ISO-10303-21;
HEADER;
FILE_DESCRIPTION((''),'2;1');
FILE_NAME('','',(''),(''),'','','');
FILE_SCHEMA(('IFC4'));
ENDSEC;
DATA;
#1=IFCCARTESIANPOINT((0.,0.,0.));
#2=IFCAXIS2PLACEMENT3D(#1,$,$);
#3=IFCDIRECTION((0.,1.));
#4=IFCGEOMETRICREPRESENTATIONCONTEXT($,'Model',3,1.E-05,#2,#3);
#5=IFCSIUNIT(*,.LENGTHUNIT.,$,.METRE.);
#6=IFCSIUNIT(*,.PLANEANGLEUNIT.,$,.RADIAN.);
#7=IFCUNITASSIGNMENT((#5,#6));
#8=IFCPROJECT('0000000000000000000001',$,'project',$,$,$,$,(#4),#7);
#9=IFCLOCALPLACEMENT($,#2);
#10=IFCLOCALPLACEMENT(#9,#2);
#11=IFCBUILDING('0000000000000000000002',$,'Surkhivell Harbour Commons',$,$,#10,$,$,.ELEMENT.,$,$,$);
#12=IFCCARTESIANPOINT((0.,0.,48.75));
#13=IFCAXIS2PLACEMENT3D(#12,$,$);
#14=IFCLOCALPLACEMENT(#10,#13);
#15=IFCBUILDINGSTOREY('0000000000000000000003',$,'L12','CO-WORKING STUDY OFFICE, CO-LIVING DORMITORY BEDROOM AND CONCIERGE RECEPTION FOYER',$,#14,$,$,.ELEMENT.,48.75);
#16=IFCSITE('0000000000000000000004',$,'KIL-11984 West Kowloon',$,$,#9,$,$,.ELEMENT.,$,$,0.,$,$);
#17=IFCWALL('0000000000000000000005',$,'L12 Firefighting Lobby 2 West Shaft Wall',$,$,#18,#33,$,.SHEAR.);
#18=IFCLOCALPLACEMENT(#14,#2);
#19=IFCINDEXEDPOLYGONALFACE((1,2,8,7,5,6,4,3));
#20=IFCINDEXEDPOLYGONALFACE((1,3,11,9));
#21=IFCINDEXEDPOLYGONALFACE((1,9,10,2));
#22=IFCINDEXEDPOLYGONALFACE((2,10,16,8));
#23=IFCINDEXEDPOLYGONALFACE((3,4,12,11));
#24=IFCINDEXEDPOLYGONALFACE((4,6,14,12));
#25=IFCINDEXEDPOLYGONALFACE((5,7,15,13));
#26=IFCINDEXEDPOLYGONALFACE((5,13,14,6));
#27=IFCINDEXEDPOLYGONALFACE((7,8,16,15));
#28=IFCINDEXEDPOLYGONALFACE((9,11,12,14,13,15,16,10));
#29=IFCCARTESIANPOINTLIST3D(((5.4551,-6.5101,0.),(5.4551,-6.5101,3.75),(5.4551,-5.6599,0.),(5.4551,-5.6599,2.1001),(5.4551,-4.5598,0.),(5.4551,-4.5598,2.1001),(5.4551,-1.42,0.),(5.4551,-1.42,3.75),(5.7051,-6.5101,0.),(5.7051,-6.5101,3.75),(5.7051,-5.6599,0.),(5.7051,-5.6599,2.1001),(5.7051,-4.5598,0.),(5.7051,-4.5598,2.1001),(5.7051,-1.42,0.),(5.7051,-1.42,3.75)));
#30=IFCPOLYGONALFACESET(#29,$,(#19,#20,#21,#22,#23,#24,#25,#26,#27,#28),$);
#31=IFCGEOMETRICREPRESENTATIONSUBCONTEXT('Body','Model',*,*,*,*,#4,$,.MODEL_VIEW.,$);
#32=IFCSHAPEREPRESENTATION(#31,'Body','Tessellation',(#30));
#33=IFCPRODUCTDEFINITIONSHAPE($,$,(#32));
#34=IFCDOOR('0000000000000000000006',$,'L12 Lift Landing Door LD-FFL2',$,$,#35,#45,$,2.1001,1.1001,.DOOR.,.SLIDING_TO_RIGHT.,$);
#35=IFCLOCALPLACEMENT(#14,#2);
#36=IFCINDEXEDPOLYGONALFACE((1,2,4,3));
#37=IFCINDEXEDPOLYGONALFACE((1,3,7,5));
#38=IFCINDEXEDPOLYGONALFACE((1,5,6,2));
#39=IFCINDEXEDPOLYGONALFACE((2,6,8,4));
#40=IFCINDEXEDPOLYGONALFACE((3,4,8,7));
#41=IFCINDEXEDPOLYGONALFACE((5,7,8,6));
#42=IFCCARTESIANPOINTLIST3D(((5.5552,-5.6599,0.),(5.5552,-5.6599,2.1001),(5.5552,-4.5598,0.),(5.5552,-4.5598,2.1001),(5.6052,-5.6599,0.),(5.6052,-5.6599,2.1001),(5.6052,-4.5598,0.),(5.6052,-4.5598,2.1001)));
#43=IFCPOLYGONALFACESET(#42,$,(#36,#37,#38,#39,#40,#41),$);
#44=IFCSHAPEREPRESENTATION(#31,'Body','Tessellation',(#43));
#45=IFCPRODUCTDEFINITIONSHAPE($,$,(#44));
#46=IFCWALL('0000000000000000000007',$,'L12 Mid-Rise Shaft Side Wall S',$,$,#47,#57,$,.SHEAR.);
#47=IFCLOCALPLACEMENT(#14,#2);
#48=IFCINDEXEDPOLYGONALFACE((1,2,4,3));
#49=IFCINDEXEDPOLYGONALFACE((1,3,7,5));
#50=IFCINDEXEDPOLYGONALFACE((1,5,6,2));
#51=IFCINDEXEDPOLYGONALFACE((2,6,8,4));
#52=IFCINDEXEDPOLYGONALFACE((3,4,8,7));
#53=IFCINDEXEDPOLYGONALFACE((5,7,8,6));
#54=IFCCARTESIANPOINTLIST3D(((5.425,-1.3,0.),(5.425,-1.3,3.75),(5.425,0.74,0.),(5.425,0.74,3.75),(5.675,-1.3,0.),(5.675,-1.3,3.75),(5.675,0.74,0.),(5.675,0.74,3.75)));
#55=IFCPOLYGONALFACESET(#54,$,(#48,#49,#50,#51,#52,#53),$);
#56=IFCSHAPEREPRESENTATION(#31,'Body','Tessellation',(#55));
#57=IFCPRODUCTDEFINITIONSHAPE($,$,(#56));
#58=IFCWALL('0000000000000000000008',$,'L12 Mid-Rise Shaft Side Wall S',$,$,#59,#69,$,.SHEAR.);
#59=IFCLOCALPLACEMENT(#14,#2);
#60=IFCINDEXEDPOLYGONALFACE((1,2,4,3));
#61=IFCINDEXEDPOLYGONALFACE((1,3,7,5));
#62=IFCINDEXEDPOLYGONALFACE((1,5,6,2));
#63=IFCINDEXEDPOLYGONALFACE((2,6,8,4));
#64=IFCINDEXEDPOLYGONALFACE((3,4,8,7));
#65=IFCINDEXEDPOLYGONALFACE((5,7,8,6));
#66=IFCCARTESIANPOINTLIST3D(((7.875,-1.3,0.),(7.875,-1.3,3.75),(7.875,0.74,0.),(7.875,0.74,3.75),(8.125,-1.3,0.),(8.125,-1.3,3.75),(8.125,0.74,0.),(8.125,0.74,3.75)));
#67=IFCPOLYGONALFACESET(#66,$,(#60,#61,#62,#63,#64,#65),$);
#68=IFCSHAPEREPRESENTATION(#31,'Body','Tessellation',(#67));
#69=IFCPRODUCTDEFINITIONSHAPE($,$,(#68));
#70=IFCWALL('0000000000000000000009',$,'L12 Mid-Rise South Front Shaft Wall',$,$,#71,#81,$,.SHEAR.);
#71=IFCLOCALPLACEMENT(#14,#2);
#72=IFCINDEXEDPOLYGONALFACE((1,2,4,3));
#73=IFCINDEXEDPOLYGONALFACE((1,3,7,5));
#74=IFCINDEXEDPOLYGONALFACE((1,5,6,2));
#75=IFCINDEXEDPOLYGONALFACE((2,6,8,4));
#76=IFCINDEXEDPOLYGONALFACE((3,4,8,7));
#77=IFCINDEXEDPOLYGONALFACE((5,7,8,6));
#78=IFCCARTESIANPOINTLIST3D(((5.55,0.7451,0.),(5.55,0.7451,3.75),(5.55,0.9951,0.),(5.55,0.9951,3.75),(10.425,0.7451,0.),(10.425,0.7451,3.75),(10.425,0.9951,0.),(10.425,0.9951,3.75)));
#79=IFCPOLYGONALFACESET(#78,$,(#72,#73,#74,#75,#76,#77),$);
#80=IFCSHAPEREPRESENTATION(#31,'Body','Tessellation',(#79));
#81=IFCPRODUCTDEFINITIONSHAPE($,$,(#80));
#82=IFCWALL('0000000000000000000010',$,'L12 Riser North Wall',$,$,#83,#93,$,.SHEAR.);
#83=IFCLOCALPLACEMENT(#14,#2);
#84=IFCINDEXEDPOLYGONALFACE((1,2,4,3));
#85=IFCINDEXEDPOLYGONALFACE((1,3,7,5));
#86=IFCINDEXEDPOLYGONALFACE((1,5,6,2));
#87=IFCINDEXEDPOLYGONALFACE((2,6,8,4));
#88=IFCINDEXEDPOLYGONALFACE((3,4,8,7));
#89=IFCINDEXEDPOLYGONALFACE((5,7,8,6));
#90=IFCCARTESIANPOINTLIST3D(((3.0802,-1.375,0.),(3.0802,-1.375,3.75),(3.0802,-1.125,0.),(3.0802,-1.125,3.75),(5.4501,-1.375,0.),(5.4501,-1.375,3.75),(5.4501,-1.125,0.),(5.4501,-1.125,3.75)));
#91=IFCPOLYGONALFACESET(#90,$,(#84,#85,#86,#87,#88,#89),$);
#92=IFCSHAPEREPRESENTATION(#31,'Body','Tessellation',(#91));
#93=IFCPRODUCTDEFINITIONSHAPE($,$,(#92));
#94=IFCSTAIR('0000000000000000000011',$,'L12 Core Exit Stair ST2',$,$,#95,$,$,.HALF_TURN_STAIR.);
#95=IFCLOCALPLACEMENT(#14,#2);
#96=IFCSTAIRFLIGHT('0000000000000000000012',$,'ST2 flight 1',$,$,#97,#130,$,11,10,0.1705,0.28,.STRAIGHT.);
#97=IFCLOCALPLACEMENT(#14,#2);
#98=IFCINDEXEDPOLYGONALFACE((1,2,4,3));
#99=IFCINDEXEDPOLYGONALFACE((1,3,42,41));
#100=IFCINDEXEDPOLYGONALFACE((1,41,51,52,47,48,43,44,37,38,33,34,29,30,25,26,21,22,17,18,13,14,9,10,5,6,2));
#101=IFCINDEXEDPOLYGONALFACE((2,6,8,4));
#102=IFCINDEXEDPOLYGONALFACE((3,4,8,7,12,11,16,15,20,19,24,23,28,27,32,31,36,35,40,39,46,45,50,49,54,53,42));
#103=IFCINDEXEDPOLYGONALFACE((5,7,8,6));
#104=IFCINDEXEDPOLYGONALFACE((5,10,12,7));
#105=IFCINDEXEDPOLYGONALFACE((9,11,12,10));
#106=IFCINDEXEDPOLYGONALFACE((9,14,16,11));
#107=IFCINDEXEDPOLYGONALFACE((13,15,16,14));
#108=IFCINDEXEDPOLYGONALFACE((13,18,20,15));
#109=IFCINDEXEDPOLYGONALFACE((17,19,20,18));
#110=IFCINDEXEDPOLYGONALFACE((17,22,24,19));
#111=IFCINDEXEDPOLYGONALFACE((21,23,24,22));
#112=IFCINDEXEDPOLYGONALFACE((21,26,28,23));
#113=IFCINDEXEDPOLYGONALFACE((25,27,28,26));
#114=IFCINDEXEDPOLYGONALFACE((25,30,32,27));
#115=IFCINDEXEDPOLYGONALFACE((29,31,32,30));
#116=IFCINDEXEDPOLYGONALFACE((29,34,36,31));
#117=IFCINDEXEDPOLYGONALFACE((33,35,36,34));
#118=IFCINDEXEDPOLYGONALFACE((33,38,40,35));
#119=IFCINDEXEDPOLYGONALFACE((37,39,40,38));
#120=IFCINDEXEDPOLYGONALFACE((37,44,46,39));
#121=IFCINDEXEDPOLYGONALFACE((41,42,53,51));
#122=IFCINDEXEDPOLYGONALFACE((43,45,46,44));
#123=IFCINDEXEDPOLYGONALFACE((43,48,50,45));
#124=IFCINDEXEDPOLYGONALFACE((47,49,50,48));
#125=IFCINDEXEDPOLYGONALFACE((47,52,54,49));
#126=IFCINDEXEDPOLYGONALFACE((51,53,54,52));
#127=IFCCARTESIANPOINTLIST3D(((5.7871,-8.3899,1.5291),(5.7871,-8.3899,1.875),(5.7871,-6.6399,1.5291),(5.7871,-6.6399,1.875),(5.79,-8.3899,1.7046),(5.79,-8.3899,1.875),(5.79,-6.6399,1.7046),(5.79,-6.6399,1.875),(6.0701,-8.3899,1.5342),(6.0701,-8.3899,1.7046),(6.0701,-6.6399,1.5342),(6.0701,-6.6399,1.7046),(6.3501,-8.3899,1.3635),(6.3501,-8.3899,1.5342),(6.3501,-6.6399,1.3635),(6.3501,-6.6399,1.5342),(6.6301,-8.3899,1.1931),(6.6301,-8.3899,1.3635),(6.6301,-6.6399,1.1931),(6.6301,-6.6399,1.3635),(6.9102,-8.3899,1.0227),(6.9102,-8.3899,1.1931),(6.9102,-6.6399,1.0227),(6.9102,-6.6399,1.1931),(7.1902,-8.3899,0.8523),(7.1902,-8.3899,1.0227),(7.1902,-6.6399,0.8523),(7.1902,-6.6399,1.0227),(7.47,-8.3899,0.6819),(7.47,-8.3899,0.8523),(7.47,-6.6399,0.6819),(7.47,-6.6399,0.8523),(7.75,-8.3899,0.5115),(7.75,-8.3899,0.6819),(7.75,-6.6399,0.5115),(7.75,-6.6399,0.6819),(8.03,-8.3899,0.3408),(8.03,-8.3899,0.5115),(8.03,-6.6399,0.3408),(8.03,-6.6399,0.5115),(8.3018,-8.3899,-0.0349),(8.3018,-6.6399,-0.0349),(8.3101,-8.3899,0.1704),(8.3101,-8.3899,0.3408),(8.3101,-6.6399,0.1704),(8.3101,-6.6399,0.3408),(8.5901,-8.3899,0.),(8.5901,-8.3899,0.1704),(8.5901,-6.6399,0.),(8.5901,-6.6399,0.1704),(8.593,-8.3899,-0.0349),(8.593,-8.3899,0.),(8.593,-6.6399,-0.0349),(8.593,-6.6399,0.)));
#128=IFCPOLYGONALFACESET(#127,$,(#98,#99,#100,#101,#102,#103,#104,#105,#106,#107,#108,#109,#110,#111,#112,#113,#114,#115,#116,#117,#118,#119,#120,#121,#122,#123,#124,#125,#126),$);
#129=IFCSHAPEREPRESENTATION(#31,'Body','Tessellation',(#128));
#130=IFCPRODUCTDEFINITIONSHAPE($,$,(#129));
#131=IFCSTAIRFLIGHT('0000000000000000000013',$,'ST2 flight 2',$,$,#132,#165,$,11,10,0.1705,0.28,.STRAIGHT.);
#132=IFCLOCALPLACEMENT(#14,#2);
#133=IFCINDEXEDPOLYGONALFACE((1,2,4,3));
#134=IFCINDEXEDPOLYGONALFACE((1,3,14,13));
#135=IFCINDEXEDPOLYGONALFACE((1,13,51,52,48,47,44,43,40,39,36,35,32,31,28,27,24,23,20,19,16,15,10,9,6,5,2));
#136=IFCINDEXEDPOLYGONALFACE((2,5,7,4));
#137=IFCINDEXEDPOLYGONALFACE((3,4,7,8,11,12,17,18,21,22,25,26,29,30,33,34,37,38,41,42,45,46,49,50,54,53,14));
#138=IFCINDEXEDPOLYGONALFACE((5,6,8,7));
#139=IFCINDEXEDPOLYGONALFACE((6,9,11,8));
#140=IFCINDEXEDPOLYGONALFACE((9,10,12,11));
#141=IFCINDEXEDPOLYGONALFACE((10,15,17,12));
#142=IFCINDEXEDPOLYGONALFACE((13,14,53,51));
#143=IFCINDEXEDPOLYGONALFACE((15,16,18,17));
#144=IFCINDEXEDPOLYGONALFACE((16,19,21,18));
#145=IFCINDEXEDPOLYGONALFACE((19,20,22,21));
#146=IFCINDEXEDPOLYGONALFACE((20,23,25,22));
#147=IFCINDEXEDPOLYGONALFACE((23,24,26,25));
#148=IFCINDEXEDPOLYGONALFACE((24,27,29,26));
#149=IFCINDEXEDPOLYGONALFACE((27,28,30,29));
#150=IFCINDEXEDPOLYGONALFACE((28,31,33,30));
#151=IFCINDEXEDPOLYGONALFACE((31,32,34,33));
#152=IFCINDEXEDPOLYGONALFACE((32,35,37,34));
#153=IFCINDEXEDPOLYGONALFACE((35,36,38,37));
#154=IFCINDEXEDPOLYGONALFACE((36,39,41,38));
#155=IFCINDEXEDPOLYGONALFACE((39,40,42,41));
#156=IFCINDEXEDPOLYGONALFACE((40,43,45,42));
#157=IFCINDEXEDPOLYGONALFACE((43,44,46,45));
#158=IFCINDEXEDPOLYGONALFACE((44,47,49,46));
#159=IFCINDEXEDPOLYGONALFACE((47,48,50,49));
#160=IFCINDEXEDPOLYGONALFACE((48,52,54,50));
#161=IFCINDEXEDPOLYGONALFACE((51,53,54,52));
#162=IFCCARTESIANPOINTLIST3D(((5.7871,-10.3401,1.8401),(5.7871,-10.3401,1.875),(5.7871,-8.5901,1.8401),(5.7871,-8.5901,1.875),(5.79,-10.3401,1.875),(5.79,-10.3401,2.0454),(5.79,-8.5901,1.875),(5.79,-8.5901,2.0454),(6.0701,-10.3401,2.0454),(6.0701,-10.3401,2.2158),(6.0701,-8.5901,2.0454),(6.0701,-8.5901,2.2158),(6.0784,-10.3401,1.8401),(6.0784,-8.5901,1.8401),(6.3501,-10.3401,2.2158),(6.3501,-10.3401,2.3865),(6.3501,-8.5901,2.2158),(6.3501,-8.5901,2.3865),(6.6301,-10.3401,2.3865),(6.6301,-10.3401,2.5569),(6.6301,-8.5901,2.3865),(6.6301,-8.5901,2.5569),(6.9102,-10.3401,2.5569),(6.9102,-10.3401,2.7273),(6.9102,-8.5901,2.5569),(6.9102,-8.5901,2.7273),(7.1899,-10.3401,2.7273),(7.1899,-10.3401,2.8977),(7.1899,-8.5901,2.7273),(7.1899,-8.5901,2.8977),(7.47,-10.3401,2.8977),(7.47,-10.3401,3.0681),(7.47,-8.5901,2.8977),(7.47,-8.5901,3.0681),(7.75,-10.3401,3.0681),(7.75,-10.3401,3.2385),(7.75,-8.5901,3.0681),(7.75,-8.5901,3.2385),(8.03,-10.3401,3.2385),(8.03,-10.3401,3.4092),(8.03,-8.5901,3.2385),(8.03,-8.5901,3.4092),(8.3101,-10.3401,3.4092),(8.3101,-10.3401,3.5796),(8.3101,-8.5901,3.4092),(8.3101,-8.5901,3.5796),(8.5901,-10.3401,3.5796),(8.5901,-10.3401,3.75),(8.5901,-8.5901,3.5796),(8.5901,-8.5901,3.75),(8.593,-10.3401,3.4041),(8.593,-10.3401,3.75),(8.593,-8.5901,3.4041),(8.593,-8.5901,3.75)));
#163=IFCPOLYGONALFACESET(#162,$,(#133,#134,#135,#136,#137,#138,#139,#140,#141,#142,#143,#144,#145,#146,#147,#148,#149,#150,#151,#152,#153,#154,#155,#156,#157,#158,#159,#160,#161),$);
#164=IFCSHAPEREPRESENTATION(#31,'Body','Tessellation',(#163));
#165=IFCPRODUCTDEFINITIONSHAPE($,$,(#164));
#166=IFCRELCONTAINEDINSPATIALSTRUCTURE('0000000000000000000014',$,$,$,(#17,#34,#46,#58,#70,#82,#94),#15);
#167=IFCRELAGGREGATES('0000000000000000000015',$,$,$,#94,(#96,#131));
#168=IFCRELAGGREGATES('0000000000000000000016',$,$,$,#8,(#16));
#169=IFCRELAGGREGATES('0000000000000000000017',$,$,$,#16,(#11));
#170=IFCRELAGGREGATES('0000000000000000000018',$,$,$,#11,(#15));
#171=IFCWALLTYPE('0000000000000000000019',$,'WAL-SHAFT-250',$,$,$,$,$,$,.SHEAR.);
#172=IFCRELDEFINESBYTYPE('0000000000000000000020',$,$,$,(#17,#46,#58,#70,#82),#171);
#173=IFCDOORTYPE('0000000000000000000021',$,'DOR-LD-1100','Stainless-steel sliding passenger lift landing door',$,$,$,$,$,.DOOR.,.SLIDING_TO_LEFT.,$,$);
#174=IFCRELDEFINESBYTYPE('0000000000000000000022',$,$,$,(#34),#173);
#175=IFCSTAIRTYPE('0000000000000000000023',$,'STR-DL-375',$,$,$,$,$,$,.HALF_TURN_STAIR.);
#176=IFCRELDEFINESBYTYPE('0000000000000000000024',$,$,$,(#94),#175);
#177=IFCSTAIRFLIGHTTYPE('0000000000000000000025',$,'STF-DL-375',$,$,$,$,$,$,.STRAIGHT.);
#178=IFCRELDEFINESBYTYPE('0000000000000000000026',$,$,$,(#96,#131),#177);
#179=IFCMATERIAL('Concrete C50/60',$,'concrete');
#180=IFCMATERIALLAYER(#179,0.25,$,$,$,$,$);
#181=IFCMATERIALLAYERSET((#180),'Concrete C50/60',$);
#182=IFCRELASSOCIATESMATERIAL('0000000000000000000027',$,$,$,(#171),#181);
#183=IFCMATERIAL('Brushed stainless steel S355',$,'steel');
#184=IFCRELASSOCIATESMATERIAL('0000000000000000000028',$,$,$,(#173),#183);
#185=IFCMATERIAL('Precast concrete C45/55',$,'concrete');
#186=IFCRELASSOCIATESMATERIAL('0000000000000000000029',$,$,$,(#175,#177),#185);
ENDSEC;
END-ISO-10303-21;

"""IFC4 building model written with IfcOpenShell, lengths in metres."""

from ifc_helpers import new_model, si_unit, direction, frame, frame_2d, origin, place, context, subcontext, project, spatial, polyline, rectangle, outline, extrude, material, layer, layer_set, type_object, element, fill, aggregate, save


model = new_model("IFC4")

# Units and contexts
model_context = context("Model", 3, precision=1e-05, world=origin(), true_north=direction((0.0, 1.0)))
body_context = subcontext(model_context, "Body", "Model", "MODEL_VIEW")
ifc_project = project(units=[si_unit("LENGTHUNIT", "METRE"), si_unit("PLANEANGLEUNIT", "RADIAN")], contexts=[model_context])

# Site, building, storey
site_placement = place(None, origin())
site = spatial("IfcSite", under=ifc_project, at=site_placement, Name="KIL-11984 West Kowloon", CompositionType="ELEMENT", RefElevation=0.0)
building_placement = place(site_placement, origin())
building = spatial("IfcBuilding", under=site, at=building_placement, Name="Surkhivell Harbour Commons", CompositionType="ELEMENT")
storey_placement = place(building_placement, frame((0.0, 0.0, 48.75)))
storey = spatial("IfcBuildingStorey", under=building, at=storey_placement, Name="L12", Description="CO-WORKING STUDY OFFICE, CO-LIVING DORMITORY BEDROOM AND CONCIERGE RECEPTION FOYER", CompositionType="ELEMENT", Elevation=48.75)

# Shared definitions
ifc_material_1 = material(Name="Concrete C50/60", Category="concrete")
ifc_layer_1 = layer(ifc_material_1, 0.25)
ifc_layer_set_1 = layer_set([ifc_layer_1], Name="Concrete C50/60")
wall_type_1 = type_object("IfcWallType", Name="WAL-SHAFT-250", PredefinedType="SHEAR", material=ifc_layer_set_1)

# Wall, opening, door
wall_1_placement = place(storey_placement, frame((5.5801, -6.51, 0.0), z_axis=(0.0, 0.0, 1.0), x_axis=(0.0, 1.0, 0.0)))
wall_1 = element("IfcWall", 1, at=wall_1_placement, inside=storey, type_object=wall_type_1, Name="L12 Firefighting Lobby 2 West Shaft Wall", PredefinedType="SHEAR", context=body_context, shape_type="SweptSolid", body=[
    extrude(rectangle(XDim=5.0901, YDim=0.25, at=frame_2d((2.5449, 0.0))), origin(), (0.0, 0.0, 1.0), 3.75),
])
opening_placement = place(wall_1_placement, frame((0.8501, 0.0, 0.0)))
opening = element("IfcOpeningElement", 2, at=opening_placement, cuts=wall_1, PredefinedType="OPENING", context=body_context, shape_type="SweptSolid", body=[
    extrude(rectangle(XDim=1.1001, YDim=2.1001, at=frame_2d((0.55, 1.05))), frame((0.0, 0.135, 0.0), z_axis=(0.0, -1.0, 0.0), x_axis=(1.0, 0.0, 0.0)), (0.0, 0.0, 1.0), 0.27),
])
ifc_material_2 = material(Name="Brushed stainless steel S355", Category="steel")
door_type = type_object("IfcDoorType", Name="DOR-LD-1100", Description="Stainless-steel sliding passenger lift landing door", OperationType="SLIDING_TO_LEFT", PredefinedType="DOOR", material=ifc_material_2)
door_placement = place(opening_placement, origin())
door = element("IfcDoor", 3, at=door_placement, inside=storey, type_object=door_type, Name="L12 Lift Landing Door LD-FFL2", OperationType="SLIDING_TO_RIGHT", OverallHeight=2.1001, OverallWidth=1.1001, PredefinedType="DOOR", context=body_context, shape_type="SweptSolid", body=[
    extrude(rectangle(XDim=1.1001, YDim=2.1001, at=frame_2d((0.55, 1.05))), frame((0.0, 0.0249, 0.0), z_axis=(0.0, -1.0, 0.0), x_axis=(1.0, 0.0, 0.0)), (0.0, 0.0, 1.0), 0.05),
])
fill(opening, door)

# Walls
for number, where, z_axis, x_axis, name in (
    (4, (5.55, -1.3, 0.0), (0.0, 0.0, 1.0), (0.0, 1.0, 0.0), "L12 Mid-Rise Shaft Side Wall S"),
    (5, (8.0, -1.3, 0.0), (0.0, 0.0, 1.0), (0.0, 1.0, 0.0), "L12 Mid-Rise Shaft Side Wall S"),
):
    element("IfcWall", number, at=place(storey_placement, frame(where, z_axis=z_axis, x_axis=x_axis)), inside=storey, type_object=wall_type_1, Name=name, PredefinedType="SHEAR", context=body_context, shape_type="SweptSolid", body=[
        extrude(rectangle(XDim=2.04, YDim=0.25, at=frame_2d((1.02, 0.0))), origin(), (0.0, 0.0, 1.0), 3.75),
    ])
wall_2_placement = place(storey_placement, frame((5.55, 0.8701, 0.0), z_axis=(0.0, 0.0, 1.0), x_axis=(1.0, 0.0, 0.0)))
element("IfcWall", 6, at=wall_2_placement, inside=storey, type_object=wall_type_1, Name="L12 Mid-Rise South Front Shaft Wall", PredefinedType="SHEAR", context=body_context, shape_type="SweptSolid", body=[
    extrude(rectangle(XDim=4.875, YDim=0.25, at=frame_2d((2.4375, 0.0))), origin(), (0.0, 0.0, 1.0), 3.75),
])
wall_3_placement = place(storey_placement, frame((3.0801, -1.25, 0.0), z_axis=(0.0, 0.0, 1.0), x_axis=(1.0, 0.0, 0.0)))
element("IfcWall", 7, at=wall_3_placement, inside=storey, type_object=wall_type_1, Name="L12 Riser North Wall", PredefinedType="SHEAR", context=body_context, shape_type="SweptSolid", body=[
    extrude(rectangle(XDim=2.3699, YDim=0.25, at=frame_2d((1.1851, 0.0))), origin(), (0.0, 0.0, 1.0), 3.75),
])

# Stair, stair flights
ifc_material_3 = material(Name="Precast concrete C45/55", Category="concrete")
stair_type = type_object("IfcStairType", Name="STR-DL-375", PredefinedType="HALF_TURN_STAIR", material=ifc_material_3)
stair_placement = place(storey_placement, origin())
stair = element("IfcStair", 8, at=stair_placement, inside=storey, type_object=stair_type, Name="L12 Core Exit Stair ST2", PredefinedType="HALF_TURN_STAIR")
stair_flight_type = type_object("IfcStairFlightType", Name="STF-DL-375", PredefinedType="STRAIGHT", material=ifc_material_3)
stair_flight_1_placement = place(storey_placement, frame((8.5901, -7.5149, 0.0), z_axis=(0.0, 0.0, 1.0), x_axis=(-1.0, 0.0, 0.0)))
stair_flight_1 = element("IfcStairFlight", 9, at=stair_flight_1_placement, type_object=stair_flight_type, Name="ST2 flight 1", NumberOfRisers=11, NumberOfTreads=10, PredefinedType="STRAIGHT", RiserHeight=0.1705, TreadLength=0.28, context=body_context, shape_type="SweptSolid", body=[
    extrude(outline(polyline([(-0.0029, -0.0349), (-0.0029, 0.0), (0.0, 0.0), (0.0, 0.1704), (0.28, 0.1704), (0.28, 0.3408), (0.5601, 0.3408), (0.5601, 0.5115), (0.8401, 0.5115), (0.8401, 0.6819), (1.1201, 0.6819), (1.1201, 0.8523), (1.3999, 0.8523), (1.3999, 1.0227), (1.6799, 1.0227), (1.6799, 1.1931), (1.96, 1.1931), (1.96, 1.3635), (2.24, 1.3635), (2.24, 1.5342), (2.52, 1.5342), (2.52, 1.7046), (2.8, 1.7046), (2.8, 1.875), (2.803, 1.875), (2.803, 1.5291), (0.2883, -0.0349), (-0.0029, -0.0349)])), frame((0.0, 0.875, 0.0), z_axis=(0.0, -1.0, 0.0), x_axis=(1.0, 0.0, 0.0)), (0.0, 0.0, 1.0), 1.75),
])
stair_flight_2_placement = place(storey_placement, frame((5.79, -9.4651, 1.875), z_axis=(0.0, 0.0, 1.0), x_axis=(1.0, 0.0, 0.0)))
stair_flight_2 = element("IfcStairFlight", 10, at=stair_flight_2_placement, type_object=stair_flight_type, Name="ST2 flight 2", NumberOfRisers=11, NumberOfTreads=10, PredefinedType="STRAIGHT", RiserHeight=0.1705, TreadLength=0.28, context=body_context, shape_type="SweptSolid", body=[
    extrude(outline(polyline([(-0.0029, -0.0349), (-0.0029, 0.0), (0.0, 0.0), (0.0, 0.1704), (0.28, 0.1704), (0.28, 0.3408), (0.5601, 0.3408), (0.5601, 0.5115), (0.8401, 0.5115), (0.8401, 0.6819), (1.1201, 0.6819), (1.1201, 0.8523), (1.3999, 0.8523), (1.3999, 1.0227), (1.6799, 1.0227), (1.6799, 1.1931), (1.96, 1.1931), (1.96, 1.3635), (2.24, 1.3635), (2.24, 1.5342), (2.52, 1.5342), (2.52, 1.7046), (2.8, 1.7046), (2.8, 1.875), (2.803, 1.875), (2.803, 1.5291), (0.2883, -0.0349), (-0.0029, -0.0349)])), frame((0.0, 0.875, 0.0), z_axis=(0.0, -1.0, 0.0), x_axis=(1.0, 0.0, 0.0)), (0.0, 0.0, 1.0), 1.75),
])
aggregate(stair, [stair_flight_1, stair_flight_2])

save(model, "model.ifc")
